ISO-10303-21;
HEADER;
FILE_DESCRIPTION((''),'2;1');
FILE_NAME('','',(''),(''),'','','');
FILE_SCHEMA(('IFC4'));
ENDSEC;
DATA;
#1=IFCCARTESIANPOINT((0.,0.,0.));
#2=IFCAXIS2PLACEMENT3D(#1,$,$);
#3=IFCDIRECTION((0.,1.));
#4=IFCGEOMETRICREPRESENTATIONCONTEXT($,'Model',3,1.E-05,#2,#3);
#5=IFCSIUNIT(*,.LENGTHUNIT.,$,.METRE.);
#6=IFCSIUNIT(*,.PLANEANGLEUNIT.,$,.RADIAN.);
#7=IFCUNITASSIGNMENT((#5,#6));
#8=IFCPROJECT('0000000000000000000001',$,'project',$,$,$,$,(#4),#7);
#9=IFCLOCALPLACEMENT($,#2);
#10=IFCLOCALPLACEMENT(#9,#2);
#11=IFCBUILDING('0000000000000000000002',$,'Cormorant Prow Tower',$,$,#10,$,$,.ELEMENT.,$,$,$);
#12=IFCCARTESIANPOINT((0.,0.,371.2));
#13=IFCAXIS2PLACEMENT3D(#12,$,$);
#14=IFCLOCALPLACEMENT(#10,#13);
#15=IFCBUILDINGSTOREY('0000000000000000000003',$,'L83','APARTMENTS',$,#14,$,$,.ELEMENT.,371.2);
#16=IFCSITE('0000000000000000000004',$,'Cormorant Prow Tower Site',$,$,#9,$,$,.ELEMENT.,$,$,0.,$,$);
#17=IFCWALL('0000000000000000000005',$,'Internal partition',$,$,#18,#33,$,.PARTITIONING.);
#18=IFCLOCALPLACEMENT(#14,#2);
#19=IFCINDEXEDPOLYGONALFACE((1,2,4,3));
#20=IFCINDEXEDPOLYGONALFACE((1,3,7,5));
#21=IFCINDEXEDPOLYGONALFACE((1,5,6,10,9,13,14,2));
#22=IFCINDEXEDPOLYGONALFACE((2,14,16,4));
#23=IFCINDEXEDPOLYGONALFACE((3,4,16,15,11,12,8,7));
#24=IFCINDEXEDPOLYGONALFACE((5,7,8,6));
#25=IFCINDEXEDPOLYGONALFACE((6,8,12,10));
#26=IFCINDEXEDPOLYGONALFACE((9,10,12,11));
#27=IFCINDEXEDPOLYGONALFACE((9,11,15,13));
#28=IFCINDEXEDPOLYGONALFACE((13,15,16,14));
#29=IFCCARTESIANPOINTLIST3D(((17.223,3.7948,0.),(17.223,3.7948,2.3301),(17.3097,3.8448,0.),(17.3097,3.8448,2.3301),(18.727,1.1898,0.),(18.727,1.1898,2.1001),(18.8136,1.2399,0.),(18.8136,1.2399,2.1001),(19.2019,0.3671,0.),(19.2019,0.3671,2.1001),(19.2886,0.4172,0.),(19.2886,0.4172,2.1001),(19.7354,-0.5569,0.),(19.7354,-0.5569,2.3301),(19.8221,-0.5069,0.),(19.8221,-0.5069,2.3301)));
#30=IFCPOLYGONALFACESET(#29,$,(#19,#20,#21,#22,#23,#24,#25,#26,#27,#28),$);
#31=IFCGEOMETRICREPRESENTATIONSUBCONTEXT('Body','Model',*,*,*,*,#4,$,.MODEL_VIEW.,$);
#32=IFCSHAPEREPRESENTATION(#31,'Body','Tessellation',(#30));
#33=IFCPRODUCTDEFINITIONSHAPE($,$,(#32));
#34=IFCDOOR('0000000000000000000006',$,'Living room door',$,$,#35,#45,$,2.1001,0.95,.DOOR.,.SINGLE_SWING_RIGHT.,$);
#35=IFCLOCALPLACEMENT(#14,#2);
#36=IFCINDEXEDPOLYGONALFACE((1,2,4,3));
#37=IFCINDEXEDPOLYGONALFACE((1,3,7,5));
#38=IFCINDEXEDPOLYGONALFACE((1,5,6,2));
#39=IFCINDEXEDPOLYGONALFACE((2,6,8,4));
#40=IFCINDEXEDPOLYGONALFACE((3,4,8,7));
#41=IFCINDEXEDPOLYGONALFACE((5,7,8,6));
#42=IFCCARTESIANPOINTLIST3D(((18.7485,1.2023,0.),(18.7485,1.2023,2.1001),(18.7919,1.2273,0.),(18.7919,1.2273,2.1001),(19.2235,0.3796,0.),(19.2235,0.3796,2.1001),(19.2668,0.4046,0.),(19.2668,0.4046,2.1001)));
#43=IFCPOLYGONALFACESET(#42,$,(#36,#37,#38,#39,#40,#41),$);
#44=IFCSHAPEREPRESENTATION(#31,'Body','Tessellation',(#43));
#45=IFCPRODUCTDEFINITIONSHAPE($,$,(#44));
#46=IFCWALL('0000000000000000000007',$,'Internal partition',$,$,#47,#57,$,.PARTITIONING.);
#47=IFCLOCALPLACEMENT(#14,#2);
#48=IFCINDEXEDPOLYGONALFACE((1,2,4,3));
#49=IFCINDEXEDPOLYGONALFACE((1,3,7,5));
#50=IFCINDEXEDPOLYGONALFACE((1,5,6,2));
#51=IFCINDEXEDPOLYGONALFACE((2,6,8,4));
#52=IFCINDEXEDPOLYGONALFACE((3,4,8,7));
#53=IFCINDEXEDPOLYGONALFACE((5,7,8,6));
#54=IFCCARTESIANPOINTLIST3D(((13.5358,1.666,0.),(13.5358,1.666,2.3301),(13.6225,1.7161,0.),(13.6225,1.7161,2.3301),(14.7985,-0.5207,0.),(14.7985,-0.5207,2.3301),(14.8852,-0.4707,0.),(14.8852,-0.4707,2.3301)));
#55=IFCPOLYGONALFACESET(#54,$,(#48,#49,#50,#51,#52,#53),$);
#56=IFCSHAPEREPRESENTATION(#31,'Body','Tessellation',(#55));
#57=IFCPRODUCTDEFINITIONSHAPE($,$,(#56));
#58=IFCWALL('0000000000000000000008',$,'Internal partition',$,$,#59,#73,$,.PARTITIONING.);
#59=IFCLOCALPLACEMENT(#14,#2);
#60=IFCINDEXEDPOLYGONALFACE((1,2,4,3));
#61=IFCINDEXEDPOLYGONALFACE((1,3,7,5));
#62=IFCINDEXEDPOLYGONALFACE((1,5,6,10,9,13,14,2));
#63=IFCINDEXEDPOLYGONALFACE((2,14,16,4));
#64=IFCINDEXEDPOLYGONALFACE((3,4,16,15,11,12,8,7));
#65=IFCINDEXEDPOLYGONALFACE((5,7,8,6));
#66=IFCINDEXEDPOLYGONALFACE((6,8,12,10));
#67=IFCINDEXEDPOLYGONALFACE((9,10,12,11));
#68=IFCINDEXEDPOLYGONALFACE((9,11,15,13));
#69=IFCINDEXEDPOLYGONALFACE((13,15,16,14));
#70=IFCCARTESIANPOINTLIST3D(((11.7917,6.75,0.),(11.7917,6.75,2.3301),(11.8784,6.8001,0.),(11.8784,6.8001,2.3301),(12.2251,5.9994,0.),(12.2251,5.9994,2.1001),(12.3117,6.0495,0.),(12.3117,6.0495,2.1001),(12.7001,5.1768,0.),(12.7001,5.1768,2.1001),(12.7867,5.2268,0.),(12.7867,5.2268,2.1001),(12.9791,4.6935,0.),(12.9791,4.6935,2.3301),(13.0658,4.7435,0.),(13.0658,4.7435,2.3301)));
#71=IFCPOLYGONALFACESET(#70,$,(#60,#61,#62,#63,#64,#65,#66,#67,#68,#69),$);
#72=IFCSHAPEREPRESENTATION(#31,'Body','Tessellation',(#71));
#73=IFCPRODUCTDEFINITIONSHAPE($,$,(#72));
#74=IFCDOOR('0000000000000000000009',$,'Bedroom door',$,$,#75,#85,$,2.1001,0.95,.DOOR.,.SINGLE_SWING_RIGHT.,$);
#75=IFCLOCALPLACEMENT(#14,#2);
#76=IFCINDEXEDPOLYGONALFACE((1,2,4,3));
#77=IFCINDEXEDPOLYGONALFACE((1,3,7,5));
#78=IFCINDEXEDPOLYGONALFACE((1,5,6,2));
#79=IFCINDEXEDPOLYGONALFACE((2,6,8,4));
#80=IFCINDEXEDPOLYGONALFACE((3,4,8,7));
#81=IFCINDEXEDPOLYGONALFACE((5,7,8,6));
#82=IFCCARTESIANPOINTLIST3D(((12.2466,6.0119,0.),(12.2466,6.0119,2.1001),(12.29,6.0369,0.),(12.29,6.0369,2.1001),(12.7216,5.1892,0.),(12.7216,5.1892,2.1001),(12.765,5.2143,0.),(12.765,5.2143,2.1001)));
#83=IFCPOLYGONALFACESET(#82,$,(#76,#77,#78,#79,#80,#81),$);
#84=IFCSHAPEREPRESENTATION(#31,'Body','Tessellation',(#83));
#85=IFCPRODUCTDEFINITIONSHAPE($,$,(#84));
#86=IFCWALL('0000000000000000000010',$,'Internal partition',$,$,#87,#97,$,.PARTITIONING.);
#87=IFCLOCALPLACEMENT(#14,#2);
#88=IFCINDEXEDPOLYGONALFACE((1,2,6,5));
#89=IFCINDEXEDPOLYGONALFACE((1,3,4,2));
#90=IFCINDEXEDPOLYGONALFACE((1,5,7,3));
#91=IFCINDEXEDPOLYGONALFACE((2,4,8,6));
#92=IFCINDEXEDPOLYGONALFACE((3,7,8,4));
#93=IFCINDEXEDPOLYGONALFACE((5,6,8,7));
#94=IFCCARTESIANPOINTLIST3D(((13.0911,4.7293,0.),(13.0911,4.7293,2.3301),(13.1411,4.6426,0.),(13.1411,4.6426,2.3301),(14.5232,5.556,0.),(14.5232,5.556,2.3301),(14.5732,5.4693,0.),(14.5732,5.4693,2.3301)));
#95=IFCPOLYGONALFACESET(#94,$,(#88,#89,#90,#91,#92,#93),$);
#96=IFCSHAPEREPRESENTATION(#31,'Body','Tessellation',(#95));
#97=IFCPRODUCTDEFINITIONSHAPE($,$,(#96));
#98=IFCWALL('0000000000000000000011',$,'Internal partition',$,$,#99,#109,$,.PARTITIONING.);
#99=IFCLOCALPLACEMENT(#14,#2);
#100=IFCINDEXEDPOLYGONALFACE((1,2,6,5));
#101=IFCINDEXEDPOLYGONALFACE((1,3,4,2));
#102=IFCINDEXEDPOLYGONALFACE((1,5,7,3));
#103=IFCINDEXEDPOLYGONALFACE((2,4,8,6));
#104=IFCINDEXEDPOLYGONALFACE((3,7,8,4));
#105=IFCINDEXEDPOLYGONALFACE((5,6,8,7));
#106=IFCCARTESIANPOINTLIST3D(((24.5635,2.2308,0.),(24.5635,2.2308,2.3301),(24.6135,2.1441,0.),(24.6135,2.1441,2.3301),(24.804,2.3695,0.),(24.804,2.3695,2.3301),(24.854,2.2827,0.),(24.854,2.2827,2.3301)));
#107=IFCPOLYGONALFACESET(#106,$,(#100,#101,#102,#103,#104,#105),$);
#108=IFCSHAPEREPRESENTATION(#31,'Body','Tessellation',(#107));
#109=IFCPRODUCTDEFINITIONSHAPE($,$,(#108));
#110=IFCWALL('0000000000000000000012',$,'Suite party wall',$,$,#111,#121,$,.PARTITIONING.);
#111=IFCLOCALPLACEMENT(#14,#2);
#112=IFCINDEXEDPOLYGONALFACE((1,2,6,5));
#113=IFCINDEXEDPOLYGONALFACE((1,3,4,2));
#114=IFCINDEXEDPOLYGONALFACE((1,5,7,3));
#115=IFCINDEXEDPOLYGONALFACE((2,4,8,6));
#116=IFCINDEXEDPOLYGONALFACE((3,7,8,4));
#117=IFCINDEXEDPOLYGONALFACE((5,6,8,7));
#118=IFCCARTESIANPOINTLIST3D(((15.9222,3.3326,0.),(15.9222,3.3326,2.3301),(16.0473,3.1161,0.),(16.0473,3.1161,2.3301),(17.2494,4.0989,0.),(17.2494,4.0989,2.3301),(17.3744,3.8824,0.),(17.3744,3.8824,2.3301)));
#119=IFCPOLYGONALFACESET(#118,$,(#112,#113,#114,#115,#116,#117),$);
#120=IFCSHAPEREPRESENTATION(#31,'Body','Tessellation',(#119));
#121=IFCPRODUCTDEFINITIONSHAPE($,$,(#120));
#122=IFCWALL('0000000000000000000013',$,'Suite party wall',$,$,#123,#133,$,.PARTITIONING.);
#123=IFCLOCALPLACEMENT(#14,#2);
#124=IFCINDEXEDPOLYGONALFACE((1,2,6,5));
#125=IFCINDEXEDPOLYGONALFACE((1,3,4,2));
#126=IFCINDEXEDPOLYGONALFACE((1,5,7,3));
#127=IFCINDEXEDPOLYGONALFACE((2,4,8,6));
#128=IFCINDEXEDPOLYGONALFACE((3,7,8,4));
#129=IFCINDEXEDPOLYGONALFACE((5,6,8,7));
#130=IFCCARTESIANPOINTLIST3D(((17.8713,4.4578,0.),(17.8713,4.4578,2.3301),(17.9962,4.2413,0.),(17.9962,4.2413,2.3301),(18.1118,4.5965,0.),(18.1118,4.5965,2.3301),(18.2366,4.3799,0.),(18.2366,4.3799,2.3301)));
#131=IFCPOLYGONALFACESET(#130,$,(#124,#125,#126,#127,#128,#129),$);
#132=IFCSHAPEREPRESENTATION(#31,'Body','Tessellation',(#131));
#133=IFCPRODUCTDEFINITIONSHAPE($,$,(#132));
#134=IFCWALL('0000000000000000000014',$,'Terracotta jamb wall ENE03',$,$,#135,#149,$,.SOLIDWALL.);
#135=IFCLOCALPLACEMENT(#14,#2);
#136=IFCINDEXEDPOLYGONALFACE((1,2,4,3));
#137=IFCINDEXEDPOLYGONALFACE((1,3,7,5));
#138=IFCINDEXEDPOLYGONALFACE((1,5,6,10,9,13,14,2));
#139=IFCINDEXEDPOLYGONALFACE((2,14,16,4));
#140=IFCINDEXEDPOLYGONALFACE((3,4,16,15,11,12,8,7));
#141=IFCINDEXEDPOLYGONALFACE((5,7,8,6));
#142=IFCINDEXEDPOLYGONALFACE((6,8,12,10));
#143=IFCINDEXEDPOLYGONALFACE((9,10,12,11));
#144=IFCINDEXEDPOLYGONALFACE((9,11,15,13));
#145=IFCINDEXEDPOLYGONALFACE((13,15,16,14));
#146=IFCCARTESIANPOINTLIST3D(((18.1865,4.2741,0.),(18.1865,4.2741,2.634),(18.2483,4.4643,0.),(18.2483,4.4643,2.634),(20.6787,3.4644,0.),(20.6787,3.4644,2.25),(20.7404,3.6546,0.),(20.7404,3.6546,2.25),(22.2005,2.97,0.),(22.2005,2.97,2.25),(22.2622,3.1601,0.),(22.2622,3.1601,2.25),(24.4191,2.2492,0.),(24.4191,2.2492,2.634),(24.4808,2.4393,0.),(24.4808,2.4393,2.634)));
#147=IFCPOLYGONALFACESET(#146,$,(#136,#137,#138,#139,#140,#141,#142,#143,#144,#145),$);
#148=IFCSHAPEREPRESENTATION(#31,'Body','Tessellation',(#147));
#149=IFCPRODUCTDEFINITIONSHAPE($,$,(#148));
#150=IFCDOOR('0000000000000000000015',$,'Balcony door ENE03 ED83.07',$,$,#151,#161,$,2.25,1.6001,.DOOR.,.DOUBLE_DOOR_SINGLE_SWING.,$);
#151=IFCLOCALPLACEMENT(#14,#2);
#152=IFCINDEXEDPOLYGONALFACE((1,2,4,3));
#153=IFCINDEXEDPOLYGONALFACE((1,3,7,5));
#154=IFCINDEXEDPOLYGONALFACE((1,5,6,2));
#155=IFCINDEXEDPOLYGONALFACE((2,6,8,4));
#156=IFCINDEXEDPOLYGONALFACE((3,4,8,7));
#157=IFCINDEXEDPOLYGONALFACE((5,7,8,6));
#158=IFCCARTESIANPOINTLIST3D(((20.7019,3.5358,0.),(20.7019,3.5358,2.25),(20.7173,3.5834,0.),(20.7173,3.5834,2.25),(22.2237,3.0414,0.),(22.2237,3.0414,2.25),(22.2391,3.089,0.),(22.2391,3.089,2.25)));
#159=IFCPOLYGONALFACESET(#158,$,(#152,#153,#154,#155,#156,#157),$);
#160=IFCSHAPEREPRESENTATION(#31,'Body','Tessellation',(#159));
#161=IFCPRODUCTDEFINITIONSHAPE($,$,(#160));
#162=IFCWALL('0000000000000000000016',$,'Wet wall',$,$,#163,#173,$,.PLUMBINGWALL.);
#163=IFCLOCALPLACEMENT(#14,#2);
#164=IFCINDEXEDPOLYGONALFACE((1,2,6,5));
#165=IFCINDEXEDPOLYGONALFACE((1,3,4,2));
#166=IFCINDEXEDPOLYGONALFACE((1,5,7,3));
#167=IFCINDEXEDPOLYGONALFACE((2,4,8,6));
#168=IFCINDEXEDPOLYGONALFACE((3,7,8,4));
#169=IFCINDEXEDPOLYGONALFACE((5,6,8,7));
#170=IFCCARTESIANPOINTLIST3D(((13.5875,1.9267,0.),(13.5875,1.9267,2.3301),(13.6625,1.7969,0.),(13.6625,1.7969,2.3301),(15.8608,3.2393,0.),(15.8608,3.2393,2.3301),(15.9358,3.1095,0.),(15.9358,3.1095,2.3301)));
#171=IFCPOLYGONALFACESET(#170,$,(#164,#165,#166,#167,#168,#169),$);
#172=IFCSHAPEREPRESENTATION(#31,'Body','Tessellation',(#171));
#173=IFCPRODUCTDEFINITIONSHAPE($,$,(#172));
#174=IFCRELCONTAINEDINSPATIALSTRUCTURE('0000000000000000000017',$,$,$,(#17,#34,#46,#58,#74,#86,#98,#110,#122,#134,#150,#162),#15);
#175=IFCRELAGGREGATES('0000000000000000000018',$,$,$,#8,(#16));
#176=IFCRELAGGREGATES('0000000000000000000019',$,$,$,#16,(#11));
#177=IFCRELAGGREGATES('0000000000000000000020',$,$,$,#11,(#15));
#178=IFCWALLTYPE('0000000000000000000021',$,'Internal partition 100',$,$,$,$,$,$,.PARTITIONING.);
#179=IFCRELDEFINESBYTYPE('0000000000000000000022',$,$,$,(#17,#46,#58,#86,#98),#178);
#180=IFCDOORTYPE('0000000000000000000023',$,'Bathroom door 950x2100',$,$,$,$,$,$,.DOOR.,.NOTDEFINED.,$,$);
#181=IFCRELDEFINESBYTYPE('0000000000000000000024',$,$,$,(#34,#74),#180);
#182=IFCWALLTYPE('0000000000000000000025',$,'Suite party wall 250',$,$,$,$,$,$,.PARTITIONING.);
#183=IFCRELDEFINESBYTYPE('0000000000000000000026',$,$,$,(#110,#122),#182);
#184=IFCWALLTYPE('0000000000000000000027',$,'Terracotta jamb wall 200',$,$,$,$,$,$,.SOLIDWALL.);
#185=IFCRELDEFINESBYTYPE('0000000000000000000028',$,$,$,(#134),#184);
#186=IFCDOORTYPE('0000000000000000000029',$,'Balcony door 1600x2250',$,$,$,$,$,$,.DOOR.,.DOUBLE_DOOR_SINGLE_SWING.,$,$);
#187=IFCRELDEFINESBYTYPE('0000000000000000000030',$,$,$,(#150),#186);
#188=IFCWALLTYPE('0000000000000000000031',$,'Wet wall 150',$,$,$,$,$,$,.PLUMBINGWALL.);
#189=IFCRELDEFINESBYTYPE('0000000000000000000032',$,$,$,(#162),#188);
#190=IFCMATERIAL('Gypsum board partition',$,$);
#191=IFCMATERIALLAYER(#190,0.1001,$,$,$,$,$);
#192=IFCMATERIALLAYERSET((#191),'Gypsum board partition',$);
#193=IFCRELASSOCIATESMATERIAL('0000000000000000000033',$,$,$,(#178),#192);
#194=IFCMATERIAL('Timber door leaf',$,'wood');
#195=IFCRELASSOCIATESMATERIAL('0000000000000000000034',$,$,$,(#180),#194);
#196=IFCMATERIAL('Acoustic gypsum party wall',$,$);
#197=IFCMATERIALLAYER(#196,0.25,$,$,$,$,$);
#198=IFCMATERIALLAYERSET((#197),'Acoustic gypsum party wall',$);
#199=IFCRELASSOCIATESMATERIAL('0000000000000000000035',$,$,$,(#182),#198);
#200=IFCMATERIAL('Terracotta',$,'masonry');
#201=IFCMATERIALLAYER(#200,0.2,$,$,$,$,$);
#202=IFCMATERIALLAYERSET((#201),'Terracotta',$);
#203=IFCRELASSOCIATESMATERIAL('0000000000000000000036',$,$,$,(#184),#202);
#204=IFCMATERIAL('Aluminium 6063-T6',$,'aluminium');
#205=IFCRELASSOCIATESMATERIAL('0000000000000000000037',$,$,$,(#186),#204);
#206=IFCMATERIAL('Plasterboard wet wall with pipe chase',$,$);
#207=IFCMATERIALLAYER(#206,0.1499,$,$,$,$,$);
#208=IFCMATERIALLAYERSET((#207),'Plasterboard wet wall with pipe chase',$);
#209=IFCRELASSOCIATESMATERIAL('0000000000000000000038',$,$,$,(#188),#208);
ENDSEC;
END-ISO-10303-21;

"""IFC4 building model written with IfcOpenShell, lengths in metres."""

from ifc_helpers import new_model, si_unit, direction, frame, frame_2d, origin, place, context, subcontext, project, spatial, rectangle, extrude, material, layer, layer_set, type_object, element, fill, save


model = new_model("IFC4")

# Units and contexts
model_context = context("Model", 3, precision=1e-05, world=origin(), true_north=direction((0.0, 1.0)))
body_context = subcontext(model_context, "Body", "Model", "MODEL_VIEW")
ifc_project = project(units=[si_unit("LENGTHUNIT", "METRE"), si_unit("PLANEANGLEUNIT", "RADIAN")], contexts=[model_context])

# Site, building, storey
site_placement = place(None, origin())
site = spatial("IfcSite", under=ifc_project, at=site_placement, Name="Cormorant Prow Tower Site", CompositionType="ELEMENT", RefElevation=0.0)
building_placement = place(site_placement, origin())
building = spatial("IfcBuilding", under=site, at=building_placement, Name="Cormorant Prow Tower", CompositionType="ELEMENT")
storey_placement = place(building_placement, frame((0.0, 0.0, 371.2)))
storey = spatial("IfcBuildingStorey", under=building, at=storey_placement, Name="L83", Description="APARTMENTS", CompositionType="ELEMENT", Elevation=371.2)

# Wall, opening, door
ifc_material_1 = material(Name="Gypsum board partition")
ifc_layer_1 = layer(ifc_material_1, 0.1001)
ifc_layer_set_1 = layer_set([ifc_layer_1], Name="Gypsum board partition")
wall_type_1 = type_object("IfcWallType", Name="Internal partition 100", PredefinedType="PARTITIONING", material=ifc_layer_set_1)
ifc_material_2 = material(Name="Timber door leaf", Category="wood")
door_type_1 = type_object("IfcDoorType", Name="Bathroom door 950x2100", OperationType="NOTDEFINED", PredefinedType="DOOR", material=ifc_material_2)
wall_1_placement = place(storey_placement, frame((17.2664, 3.8198, 0.0), z_axis=(0.0, 0.0, 1.0), x_axis=(0.49999, -0.866031, 0.0)))
wall_1 = element("IfcWall", 1, at=wall_1_placement, inside=storey, type_object=wall_type_1, Name="Internal partition", PredefinedType="PARTITIONING", context=body_context, shape_type="SweptSolid", body=[
    extrude(rectangle(XDim=5.0249, YDim=0.1001, at=frame_2d((2.5125, 0.0))), origin(), (0.0, 0.0, 1.0), 2.3301),
])
opening_1_placement = place(wall_1_placement, frame((3.0078, 0.0, 0.0)))
opening_1 = element("IfcOpeningElement", 2, at=opening_1_placement, cuts=wall_1, PredefinedType="OPENING", context=body_context, shape_type="SweptSolid", body=[
    extrude(rectangle(XDim=0.95, YDim=2.1001, at=frame_2d((0.4751, 1.05))), frame((0.0, 0.0601, 0.0), z_axis=(0.0, -1.0, 0.0), x_axis=(1.0, 0.0, 0.0)), (0.0, 0.0, 1.0), 0.1201),
])
door_1_placement = place(opening_1_placement, origin())
door_1 = element("IfcDoor", 3, at=door_1_placement, inside=storey, type_object=door_type_1, Name="Living room door", OperationType="SINGLE_SWING_RIGHT", OverallHeight=2.1001, OverallWidth=0.95, PredefinedType="DOOR", context=body_context, shape_type="SweptSolid", body=[
    extrude(rectangle(XDim=0.95, YDim=2.1001, at=frame_2d((0.4751, 1.05))), frame((0.0, 0.0249, 0.0), z_axis=(0.0, -1.0, 0.0), x_axis=(1.0, 0.0, 0.0)), (0.0, 0.0, 1.0), 0.05),
])
fill(opening_1, door_1)

# Wall
wall_2_placement = place(storey_placement, frame((13.5791, 1.6912, 0.0), z_axis=(0.0, 0.0, 1.0), x_axis=(0.500049, -0.865997, 0.0)))
element("IfcWall", 4, at=wall_2_placement, inside=storey, type_object=wall_type_1, Name="Internal partition", PredefinedType="PARTITIONING", context=body_context, shape_type="SweptSolid", body=[
    extrude(rectangle(XDim=2.5251, YDim=0.1001, at=frame_2d((1.2627, 0.0))), origin(), (0.0, 0.0, 1.0), 2.3301),
])

# Wall, opening, door
wall_3_placement = place(storey_placement, frame((11.835, 6.7751, 0.0), z_axis=(0.0, 0.0, 1.0), x_axis=(0.500031, -0.866008, 0.0)))
wall_3 = element("IfcWall", 5, at=wall_3_placement, inside=storey, type_object=wall_type_1, Name="Internal partition", PredefinedType="PARTITIONING", context=body_context, shape_type="SweptSolid", body=[
    extrude(rectangle(XDim=2.3748, YDim=0.1001, at=frame_2d((1.1875, 0.0))), origin(), (0.0, 0.0, 1.0), 2.3301),
])
opening_2_placement = place(wall_3_placement, frame((0.8667, 0.0, 0.0)))
opening_2 = element("IfcOpeningElement", 6, at=opening_2_placement, cuts=wall_3, PredefinedType="OPENING", context=body_context, shape_type="SweptSolid", body=[
    extrude(rectangle(XDim=0.95, YDim=2.1001, at=frame_2d((0.4751, 1.05))), frame((0.0, 0.0601, 0.0), z_axis=(0.0, -1.0, 0.0), x_axis=(1.0, 0.0, 0.0)), (0.0, 0.0, 1.0), 0.1201),
])
door_2_placement = place(opening_2_placement, origin())
door_2 = element("IfcDoor", 7, at=door_2_placement, inside=storey, type_object=door_type_1, Name="Bedroom door", OperationType="SINGLE_SWING_RIGHT", OverallHeight=2.1001, OverallWidth=0.95, PredefinedType="DOOR", context=body_context, shape_type="SweptSolid", body=[
    extrude(rectangle(XDim=0.95, YDim=2.1001, at=frame_2d((0.4751, 1.05))), frame((0.0, 0.0249, 0.0), z_axis=(0.0, -1.0, 0.0), x_axis=(1.0, 0.0, 0.0)), (0.0, 0.0, 1.0), 0.05),
])
fill(opening_2, door_2)

# Walls
wall_4_placement = place(storey_placement, frame((13.1162, 4.686, 0.0), z_axis=(0.0, 0.0, 1.0), x_axis=(0.866072, 0.499918, 0.0)))
element("IfcWall", 8, at=wall_4_placement, inside=storey, type_object=wall_type_1, Name="Internal partition", PredefinedType="PARTITIONING", context=body_context, shape_type="SweptSolid", body=[
    extrude(rectangle(XDim=1.6536, YDim=0.1001, at=frame_2d((0.8267, 0.0))), origin(), (0.0, 0.0, 1.0), 2.3301),
])
wall_5_placement = place(storey_placement, frame((24.5886, 2.1875, 0.0), z_axis=(0.0, 0.0, 1.0), x_axis=(0.866288, 0.499545, 0.0)))
element("IfcWall", 9, at=wall_5_placement, inside=storey, type_object=wall_type_1, Name="Internal partition", PredefinedType="PARTITIONING", context=body_context, shape_type="SweptSolid", body=[
    extrude(rectangle(XDim=0.2776, YDim=0.1001, at=frame_2d((0.1387, 0.0))), origin(), (0.0, 0.0, 1.0), 2.3301),
])
ifc_material_3 = material(Name="Acoustic gypsum party wall")
ifc_layer_2 = layer(ifc_material_3, 0.25)
ifc_layer_set_2 = layer_set([ifc_layer_2], Name="Acoustic gypsum party wall")
wall_type_2 = type_object("IfcWallType", Name="Suite party wall 250", PredefinedType="PARTITIONING", material=ifc_layer_set_2)
wall_6_placement = place(storey_placement, frame((15.9849, 3.2244, 0.0), z_axis=(0.0, 0.0, 1.0), x_axis=(0.865989, 0.500063, 0.0)))
element("IfcWall", 10, at=wall_6_placement, inside=storey, type_object=wall_type_2, Name="Suite party wall", PredefinedType="PARTITIONING", context=body_context, shape_type="SweptSolid", body=[
    extrude(rectangle(XDim=1.5325, YDim=0.25, at=frame_2d((0.7661, 0.0))), origin(), (0.0, 0.0, 1.0), 2.3301),
])
wall_7_placement = place(storey_placement, frame((17.9338, 4.3496, 0.0), z_axis=(0.0, 0.0, 1.0), x_axis=(0.866288, 0.499545, 0.0)))
element("IfcWall", 11, at=wall_7_placement, inside=storey, type_object=wall_type_2, Name="Suite party wall", PredefinedType="PARTITIONING", context=body_context, shape_type="SweptSolid", body=[
    extrude(rectangle(XDim=0.2776, YDim=0.25, at=frame_2d((0.1387, 0.0))), origin(), (0.0, 0.0, 1.0), 2.3301),
])

# Wall, opening, door
ifc_material_4 = material(Name="Terracotta", Category="masonry")
ifc_layer_3 = layer(ifc_material_4, 0.2)
ifc_layer_set_3 = layer_set([ifc_layer_3], Name="Terracotta")
wall_type_3 = type_object("IfcWallType", Name="Terracotta jamb wall 200", PredefinedType="SOLIDWALL", material=ifc_layer_set_3)
wall_8_placement = place(storey_placement, frame((24.45, 2.3442, 0.0), z_axis=(0.0, 0.0, 1.0), x_axis=(-0.951063, 0.308998, 0.0)))
wall_8 = element("IfcWall", 12, at=wall_8_placement, inside=storey, type_object=wall_type_3, Name="Terracotta jamb wall ENE03", PredefinedType="SOLIDWALL", context=body_context, shape_type="SweptSolid", body=[
    extrude(rectangle(XDim=6.5532, YDim=0.2, at=frame_2d((3.2766, 0.0))), origin(), (0.0, 0.0, 1.0), 2.634),
])
opening_3_placement = place(wall_8_placement, frame((2.3328, 0.0, 0.0)))
opening_3 = element("IfcOpeningElement", 13, at=opening_3_placement, cuts=wall_8, PredefinedType="OPENING", context=body_context, shape_type="SweptSolid", body=[
    extrude(rectangle(XDim=1.6001, YDim=2.25, at=frame_2d((0.8, 1.125))), frame((0.0, 0.1099, 0.0), z_axis=(0.0, -1.0, 0.0), x_axis=(1.0, 0.0, 0.0)), (0.0, 0.0, 1.0), 0.22),
])
ifc_material_5 = material(Name="Aluminium 6063-T6", Category="aluminium")
door_type_2 = type_object("IfcDoorType", Name="Balcony door 1600x2250", OperationType="DOUBLE_DOOR_SINGLE_SWING", PredefinedType="DOOR", material=ifc_material_5)
door_3_placement = place(opening_3_placement, origin())
door_3 = element("IfcDoor", 14, at=door_3_placement, inside=storey, type_object=door_type_2, Name="Balcony door ENE03 ED83.07", OperationType="DOUBLE_DOOR_SINGLE_SWING", OverallHeight=2.25, OverallWidth=1.6001, PredefinedType="DOOR", context=body_context, shape_type="SweptSolid", body=[
    extrude(rectangle(XDim=1.6001, YDim=2.25, at=frame_2d((0.8, 1.125))), frame((0.0, 0.0249, 0.0), z_axis=(0.0, -1.0, 0.0), x_axis=(1.0, 0.0, 0.0)), (0.0, 0.0, 1.0), 0.05),
])
fill(opening_3, door_3)

# Wall
ifc_material_6 = material(Name="Plasterboard wet wall with pipe chase")
ifc_layer_4 = layer(ifc_material_6, 0.1499)
ifc_layer_set_4 = layer_set([ifc_layer_4], Name="Plasterboard wet wall with pipe chase")
wall_type_4 = type_object("IfcWallType", Name="Wet wall 150", PredefinedType="PLUMBINGWALL", material=ifc_layer_set_4)
wall_9_placement = place(storey_placement, frame((13.625, 1.8618, 0.0), z_axis=(0.0, 0.0, 1.0), x_axis=(0.866014, 0.50002, 0.0)))
element("IfcWall", 15, at=wall_9_placement, inside=storey, type_object=wall_type_4, Name="Wet wall", PredefinedType="PLUMBINGWALL", context=body_context, shape_type="SweptSolid", body=[
    extrude(rectangle(XDim=2.625, YDim=0.1499, at=frame_2d((1.3125, 0.0))), origin(), (0.0, 0.0, 1.0), 2.3301),
])

save(model, "model.ifc")
